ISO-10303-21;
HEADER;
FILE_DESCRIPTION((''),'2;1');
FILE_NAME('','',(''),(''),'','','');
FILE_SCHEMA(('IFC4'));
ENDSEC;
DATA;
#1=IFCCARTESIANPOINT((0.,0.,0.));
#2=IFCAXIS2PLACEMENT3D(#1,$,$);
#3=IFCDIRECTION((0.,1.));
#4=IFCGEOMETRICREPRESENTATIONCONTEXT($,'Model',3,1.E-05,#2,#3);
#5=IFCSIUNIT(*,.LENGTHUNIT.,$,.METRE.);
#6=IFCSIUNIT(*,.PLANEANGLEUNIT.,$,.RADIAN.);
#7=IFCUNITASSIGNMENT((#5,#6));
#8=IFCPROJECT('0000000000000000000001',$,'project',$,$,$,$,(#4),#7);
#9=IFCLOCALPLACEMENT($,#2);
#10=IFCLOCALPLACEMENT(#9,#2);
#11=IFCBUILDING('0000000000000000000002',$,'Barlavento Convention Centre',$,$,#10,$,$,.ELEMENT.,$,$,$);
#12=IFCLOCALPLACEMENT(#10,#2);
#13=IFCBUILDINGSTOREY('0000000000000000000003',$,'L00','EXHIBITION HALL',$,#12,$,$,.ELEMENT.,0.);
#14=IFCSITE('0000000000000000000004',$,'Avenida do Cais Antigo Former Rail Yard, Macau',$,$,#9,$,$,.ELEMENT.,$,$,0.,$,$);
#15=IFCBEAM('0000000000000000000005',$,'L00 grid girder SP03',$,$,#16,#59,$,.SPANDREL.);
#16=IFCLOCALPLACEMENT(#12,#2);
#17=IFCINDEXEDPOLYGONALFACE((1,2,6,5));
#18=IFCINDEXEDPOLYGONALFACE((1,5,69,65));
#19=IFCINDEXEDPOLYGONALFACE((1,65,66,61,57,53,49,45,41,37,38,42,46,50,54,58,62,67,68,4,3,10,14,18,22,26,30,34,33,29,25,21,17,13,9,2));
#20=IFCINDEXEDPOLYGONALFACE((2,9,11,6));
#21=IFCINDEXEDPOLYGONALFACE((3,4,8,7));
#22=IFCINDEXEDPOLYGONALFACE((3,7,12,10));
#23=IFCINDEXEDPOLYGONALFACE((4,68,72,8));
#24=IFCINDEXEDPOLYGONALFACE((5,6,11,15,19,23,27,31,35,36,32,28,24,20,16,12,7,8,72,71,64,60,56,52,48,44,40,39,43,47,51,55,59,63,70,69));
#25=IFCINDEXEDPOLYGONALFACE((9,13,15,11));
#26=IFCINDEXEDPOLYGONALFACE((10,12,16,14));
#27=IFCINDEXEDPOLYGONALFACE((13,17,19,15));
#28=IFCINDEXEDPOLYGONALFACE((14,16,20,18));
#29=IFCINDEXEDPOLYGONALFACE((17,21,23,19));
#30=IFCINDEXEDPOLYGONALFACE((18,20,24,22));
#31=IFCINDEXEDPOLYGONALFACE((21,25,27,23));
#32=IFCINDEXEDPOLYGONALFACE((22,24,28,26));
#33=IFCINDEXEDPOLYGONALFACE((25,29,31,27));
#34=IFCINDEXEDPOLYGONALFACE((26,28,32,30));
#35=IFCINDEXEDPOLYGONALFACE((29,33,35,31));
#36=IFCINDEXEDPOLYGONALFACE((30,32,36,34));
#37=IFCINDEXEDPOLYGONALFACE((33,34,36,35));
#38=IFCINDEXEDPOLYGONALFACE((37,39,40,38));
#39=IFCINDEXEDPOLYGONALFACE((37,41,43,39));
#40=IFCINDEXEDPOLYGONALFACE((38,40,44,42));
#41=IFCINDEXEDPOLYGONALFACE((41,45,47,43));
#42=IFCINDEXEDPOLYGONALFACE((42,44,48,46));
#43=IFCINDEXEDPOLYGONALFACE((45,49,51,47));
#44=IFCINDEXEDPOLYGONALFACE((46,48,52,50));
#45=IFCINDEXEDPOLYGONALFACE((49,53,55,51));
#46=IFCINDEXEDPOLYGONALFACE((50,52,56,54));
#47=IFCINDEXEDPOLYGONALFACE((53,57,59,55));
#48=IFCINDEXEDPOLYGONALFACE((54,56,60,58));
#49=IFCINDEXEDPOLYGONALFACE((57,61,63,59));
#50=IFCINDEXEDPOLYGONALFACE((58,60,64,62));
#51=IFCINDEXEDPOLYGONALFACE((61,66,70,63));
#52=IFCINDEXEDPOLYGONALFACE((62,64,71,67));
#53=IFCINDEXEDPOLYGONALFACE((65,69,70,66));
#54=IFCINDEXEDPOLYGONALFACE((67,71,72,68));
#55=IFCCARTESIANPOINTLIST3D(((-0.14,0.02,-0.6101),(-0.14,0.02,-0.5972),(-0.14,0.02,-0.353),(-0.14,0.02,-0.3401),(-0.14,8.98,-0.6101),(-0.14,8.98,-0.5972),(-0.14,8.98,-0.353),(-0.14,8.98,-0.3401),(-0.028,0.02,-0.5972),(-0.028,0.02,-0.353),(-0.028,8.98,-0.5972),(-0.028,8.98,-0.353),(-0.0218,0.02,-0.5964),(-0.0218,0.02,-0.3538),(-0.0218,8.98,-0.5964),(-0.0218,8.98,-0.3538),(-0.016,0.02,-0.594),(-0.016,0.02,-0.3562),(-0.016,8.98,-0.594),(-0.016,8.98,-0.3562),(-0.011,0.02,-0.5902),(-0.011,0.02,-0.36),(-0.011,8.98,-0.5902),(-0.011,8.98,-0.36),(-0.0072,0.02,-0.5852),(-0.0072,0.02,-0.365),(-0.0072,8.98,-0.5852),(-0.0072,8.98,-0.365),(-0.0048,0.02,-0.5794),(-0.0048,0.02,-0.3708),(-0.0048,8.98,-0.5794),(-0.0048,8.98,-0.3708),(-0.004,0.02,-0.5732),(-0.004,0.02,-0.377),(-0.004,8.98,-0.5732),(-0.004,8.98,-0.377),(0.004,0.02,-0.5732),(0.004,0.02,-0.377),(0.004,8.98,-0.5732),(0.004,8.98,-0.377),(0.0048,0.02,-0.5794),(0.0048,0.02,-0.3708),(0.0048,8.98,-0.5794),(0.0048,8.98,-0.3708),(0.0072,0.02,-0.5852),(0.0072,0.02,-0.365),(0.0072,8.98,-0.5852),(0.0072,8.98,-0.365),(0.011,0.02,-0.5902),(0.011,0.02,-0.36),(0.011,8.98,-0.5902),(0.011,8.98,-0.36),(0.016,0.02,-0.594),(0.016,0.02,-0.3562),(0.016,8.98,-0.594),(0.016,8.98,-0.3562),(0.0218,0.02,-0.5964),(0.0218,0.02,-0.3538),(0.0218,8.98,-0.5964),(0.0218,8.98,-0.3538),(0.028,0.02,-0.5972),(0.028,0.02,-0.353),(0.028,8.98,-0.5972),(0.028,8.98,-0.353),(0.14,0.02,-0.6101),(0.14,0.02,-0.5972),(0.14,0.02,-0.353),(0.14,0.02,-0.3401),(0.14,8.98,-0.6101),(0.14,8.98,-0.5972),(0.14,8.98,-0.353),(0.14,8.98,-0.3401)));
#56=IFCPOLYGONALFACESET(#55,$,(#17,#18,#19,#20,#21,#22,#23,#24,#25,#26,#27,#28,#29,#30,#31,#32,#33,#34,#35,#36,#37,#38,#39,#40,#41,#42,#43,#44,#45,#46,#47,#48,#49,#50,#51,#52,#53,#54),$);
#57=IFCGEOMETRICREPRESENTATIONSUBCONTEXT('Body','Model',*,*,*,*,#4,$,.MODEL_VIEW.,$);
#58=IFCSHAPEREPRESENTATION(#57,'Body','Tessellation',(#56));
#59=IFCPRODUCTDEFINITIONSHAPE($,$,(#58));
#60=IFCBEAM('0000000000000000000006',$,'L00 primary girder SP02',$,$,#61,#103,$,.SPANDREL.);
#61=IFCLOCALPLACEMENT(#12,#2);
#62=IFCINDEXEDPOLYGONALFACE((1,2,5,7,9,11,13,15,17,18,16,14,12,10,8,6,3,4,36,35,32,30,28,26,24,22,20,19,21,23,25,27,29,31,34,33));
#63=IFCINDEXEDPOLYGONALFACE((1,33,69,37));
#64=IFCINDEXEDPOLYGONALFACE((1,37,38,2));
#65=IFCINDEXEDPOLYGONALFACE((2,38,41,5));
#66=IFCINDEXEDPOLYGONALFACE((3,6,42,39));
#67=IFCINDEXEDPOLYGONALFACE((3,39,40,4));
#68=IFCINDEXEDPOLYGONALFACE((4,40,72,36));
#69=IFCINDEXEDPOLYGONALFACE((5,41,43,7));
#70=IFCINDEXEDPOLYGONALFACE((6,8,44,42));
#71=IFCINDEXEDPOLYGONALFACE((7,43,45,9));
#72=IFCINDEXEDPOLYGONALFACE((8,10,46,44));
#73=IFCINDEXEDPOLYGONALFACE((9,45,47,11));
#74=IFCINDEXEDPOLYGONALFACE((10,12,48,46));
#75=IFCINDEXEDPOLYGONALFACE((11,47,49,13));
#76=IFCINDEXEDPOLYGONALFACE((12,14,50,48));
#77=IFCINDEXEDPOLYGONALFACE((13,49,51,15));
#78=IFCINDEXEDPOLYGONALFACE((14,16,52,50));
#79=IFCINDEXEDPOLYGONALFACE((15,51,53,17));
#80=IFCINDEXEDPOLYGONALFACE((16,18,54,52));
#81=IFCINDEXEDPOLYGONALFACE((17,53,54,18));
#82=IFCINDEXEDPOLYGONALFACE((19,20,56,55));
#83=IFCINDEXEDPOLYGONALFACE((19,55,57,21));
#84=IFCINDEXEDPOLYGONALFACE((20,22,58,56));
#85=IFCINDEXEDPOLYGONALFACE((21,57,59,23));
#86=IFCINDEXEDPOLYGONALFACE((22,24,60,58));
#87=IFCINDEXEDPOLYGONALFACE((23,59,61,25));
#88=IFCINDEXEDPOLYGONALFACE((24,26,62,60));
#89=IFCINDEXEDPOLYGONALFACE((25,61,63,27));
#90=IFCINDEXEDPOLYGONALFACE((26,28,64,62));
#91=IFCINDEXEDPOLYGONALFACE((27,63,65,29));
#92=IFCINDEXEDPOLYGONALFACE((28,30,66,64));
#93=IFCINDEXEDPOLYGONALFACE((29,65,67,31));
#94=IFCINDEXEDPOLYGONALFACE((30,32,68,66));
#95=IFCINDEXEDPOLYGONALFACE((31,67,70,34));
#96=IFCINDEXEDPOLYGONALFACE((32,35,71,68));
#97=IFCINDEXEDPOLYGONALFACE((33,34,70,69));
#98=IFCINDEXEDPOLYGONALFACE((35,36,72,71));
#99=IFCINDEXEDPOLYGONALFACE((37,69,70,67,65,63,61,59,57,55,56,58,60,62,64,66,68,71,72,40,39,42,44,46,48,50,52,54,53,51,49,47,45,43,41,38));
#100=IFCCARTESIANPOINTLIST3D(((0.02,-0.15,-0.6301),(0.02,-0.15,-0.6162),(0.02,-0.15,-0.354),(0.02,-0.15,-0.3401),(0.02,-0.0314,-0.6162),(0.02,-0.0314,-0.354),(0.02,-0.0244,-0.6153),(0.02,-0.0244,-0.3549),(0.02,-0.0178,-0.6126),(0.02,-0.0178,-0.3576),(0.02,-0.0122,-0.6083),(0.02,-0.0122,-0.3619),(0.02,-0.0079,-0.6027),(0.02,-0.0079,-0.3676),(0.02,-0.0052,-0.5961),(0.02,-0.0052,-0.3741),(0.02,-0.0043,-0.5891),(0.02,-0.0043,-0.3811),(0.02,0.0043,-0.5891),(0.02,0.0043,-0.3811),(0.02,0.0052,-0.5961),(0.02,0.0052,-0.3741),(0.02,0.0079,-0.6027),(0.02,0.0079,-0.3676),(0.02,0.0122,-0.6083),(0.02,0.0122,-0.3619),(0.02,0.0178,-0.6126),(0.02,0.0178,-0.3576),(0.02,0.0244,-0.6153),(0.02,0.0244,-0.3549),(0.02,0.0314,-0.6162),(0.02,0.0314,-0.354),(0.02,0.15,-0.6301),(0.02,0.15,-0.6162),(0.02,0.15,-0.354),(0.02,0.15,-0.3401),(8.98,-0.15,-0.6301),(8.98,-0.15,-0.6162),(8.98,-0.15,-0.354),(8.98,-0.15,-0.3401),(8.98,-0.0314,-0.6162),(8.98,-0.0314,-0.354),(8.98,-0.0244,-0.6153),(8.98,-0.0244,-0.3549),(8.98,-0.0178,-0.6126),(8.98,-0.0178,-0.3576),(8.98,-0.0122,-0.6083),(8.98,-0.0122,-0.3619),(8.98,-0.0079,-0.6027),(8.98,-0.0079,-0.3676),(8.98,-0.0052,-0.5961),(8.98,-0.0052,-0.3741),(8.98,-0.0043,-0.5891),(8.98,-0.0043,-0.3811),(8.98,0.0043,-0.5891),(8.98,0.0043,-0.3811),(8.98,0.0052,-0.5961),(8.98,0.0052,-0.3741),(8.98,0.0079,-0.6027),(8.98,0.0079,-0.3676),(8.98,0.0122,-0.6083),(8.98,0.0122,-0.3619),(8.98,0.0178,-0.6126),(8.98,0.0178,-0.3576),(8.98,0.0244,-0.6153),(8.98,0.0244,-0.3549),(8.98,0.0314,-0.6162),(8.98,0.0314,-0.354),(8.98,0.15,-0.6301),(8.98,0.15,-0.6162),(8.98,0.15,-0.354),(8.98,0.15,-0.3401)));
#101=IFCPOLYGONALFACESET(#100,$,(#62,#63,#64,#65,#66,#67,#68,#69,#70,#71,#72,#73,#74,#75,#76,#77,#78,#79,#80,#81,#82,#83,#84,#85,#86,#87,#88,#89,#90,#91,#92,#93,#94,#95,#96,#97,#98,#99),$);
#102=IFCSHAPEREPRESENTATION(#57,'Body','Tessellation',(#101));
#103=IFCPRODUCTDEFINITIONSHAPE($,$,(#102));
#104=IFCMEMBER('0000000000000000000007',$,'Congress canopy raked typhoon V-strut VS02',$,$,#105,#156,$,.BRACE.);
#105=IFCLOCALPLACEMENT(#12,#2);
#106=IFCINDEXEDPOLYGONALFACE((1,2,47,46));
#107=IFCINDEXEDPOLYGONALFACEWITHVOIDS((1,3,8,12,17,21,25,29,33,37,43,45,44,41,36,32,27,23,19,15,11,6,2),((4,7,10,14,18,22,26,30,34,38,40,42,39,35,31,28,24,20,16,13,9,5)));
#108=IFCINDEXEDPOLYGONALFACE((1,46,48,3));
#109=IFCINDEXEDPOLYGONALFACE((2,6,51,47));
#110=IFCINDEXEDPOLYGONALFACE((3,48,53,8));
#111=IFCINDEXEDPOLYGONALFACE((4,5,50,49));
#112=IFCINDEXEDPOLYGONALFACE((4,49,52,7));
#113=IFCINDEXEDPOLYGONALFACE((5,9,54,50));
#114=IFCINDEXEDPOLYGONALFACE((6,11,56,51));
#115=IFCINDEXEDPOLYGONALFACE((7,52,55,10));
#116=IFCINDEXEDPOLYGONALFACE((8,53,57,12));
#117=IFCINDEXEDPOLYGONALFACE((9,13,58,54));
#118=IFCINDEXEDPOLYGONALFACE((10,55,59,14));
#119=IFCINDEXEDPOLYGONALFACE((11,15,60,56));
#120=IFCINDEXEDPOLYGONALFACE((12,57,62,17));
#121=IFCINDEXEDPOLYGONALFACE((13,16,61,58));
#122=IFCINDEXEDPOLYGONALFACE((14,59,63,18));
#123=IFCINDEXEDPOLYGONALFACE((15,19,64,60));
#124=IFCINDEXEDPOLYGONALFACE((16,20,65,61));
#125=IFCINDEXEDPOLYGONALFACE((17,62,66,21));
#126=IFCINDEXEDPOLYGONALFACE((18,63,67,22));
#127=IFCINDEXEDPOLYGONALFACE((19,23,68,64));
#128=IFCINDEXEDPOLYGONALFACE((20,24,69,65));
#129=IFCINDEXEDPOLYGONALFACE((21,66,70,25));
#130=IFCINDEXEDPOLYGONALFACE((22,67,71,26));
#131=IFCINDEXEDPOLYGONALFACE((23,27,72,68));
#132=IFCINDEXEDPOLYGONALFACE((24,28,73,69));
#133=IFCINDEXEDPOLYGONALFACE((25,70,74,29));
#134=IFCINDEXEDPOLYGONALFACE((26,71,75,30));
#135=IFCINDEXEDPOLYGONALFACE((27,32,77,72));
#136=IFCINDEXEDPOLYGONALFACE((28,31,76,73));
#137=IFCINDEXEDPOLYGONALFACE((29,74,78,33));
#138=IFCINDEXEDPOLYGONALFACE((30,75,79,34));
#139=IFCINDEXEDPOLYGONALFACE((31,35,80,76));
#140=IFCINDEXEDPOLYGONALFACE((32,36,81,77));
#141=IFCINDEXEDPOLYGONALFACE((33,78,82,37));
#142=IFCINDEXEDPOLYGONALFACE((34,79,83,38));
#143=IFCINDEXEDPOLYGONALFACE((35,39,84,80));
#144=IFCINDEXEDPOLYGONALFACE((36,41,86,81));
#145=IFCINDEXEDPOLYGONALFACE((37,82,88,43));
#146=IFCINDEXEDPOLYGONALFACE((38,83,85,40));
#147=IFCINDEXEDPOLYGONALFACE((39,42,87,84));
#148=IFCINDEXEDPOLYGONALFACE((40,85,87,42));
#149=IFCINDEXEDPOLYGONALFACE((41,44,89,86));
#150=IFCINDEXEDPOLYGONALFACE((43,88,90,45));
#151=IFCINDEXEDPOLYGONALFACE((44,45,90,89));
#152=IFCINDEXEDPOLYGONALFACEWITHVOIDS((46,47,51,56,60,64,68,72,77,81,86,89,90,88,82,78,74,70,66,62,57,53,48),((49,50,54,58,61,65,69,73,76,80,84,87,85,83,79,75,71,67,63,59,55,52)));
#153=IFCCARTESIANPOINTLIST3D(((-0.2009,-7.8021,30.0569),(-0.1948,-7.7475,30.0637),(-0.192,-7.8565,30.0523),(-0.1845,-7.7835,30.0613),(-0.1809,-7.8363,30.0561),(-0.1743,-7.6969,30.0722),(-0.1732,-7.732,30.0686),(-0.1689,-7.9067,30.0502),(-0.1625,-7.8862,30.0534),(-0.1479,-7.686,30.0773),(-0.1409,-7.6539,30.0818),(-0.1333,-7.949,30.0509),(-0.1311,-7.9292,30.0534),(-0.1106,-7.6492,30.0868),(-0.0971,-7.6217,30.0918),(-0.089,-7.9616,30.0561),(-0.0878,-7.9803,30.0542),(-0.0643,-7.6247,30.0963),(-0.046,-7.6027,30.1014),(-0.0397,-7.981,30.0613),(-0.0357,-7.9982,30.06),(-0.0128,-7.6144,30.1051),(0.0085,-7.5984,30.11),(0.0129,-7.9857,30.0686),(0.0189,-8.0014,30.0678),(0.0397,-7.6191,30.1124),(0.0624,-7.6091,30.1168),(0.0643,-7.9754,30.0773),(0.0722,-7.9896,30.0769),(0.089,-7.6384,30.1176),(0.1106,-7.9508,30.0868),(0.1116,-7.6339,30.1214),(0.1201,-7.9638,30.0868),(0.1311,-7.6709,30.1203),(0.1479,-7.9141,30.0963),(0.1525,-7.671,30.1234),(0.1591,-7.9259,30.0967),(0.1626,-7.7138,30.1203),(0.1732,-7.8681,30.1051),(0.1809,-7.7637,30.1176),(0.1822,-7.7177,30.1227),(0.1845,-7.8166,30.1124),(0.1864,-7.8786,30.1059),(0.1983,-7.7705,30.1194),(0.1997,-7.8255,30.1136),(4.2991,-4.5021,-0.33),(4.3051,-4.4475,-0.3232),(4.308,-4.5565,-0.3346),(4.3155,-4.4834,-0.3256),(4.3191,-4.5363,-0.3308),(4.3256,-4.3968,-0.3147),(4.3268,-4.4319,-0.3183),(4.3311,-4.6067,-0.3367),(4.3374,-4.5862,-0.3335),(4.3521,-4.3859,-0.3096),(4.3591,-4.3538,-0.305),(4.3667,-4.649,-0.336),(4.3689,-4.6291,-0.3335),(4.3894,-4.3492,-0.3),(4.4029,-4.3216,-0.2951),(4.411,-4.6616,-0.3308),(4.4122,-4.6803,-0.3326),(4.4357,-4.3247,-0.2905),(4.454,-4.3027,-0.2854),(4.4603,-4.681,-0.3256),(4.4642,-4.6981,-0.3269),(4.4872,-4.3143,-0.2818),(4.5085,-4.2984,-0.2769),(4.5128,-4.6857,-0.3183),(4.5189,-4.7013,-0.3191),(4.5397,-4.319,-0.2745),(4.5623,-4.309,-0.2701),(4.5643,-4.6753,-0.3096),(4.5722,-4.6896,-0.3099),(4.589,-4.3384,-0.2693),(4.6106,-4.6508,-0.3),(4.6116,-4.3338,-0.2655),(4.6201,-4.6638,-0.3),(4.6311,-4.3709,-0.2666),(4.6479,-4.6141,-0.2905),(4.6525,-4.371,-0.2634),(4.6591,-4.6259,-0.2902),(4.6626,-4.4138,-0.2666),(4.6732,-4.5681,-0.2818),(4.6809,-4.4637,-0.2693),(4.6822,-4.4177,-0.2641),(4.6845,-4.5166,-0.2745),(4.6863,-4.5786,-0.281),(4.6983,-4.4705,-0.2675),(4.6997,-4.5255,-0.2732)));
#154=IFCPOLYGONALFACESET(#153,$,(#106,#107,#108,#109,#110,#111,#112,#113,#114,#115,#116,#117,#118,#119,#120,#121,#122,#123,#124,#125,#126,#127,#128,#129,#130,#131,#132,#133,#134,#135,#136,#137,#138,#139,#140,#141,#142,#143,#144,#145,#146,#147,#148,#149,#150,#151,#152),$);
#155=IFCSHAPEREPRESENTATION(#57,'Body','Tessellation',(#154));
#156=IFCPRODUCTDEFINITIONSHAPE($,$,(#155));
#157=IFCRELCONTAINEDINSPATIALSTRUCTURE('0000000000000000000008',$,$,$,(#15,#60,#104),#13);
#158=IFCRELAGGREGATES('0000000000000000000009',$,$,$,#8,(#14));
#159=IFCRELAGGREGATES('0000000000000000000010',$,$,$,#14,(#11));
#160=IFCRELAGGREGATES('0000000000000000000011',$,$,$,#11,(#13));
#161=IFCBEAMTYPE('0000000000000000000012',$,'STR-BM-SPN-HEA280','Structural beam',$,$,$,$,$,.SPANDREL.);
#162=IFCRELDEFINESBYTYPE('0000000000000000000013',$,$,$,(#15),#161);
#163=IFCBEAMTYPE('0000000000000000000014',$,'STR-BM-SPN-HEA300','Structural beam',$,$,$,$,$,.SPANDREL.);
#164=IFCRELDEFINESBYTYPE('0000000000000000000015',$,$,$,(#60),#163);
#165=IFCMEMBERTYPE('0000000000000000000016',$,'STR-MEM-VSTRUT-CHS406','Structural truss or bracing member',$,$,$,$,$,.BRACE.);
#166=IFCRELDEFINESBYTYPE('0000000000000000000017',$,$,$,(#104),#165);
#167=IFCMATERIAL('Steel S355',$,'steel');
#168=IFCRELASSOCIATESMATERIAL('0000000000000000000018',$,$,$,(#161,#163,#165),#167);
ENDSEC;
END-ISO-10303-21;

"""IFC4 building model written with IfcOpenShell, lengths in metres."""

from ifc_helpers import new_model, si_unit, direction, frame, origin, origin_2d, place, context, subcontext, project, spatial, hollow_circle, i_section, extrude, material, material_profile, profile_set, type_object, element, save


model = new_model("IFC4")

# Units and contexts
model_context = context("Model", 3, precision=1e-05, world=origin(), true_north=direction((0.0, 1.0)))
body_context = subcontext(model_context, "Body", "Model", "MODEL_VIEW")
ifc_project = project(units=[si_unit("LENGTHUNIT", "METRE"), si_unit("PLANEANGLEUNIT", "RADIAN")], contexts=[model_context])

# Site, building, storey
site_placement = place(None, origin())
site = spatial("IfcSite", under=ifc_project, at=site_placement, Name="Avenida do Cais Antigo Former Rail Yard, Macau", CompositionType="ELEMENT", RefElevation=0.0)
building_placement = place(site_placement, origin())
building = spatial("IfcBuilding", under=site, at=building_placement, Name="Barlavento Convention Centre", CompositionType="ELEMENT")
storey_placement = place(building_placement, origin())
storey = spatial("IfcBuildingStorey", under=building, at=storey_placement, Name="L00", Description="EXHIBITION HALL", CompositionType="ELEMENT", Elevation=0.0)

# Beams
ifc_material_1 = material(Name="Steel S355", Category="steel")
ifc_material_profile_1 = material_profile(ifc_material_1, i_section(OverallWidth=0.28, OverallDepth=0.27, WebThickness=0.0081, FlangeThickness=0.0129, FilletRadius=0.0239, at=origin_2d()), Name="HEA 280")
ifc_profile_set_1 = profile_set([ifc_material_profile_1], Name="Steel S355")
beam_type_1 = type_object("IfcBeamType", Name="STR-BM-SPN-HEA280", Description="Structural beam", PredefinedType="SPANDREL", material=ifc_profile_set_1)
beam_1_placement = place(storey_placement, frame((0.0, 0.02, -0.4751), z_axis=(0.0, 1.0, 0.0), x_axis=(-1.0, 0.0, 0.0)))
element("IfcBeam", 1, at=beam_1_placement, inside=storey, type_object=beam_type_1, Name="L00 grid girder SP03", PredefinedType="SPANDREL", context=body_context, shape_type="SweptSolid", body=[
    extrude(i_section(OverallWidth=0.28, OverallDepth=0.27, WebThickness=0.0081, FlangeThickness=0.0129, FilletRadius=0.0239, at=origin_2d()), origin(), (0.0, 0.0, 1.0), 8.96),
])
ifc_material_profile_2 = material_profile(ifc_material_1, i_section(OverallWidth=0.3, OverallDepth=0.29, WebThickness=0.0085, FlangeThickness=0.0139, FilletRadius=0.0271, at=origin_2d()), Name="HEA 300")
ifc_profile_set_2 = profile_set([ifc_material_profile_2], Name="Steel S355")
beam_type_2 = type_object("IfcBeamType", Name="STR-BM-SPN-HEA300", Description="Structural beam", PredefinedType="SPANDREL", material=ifc_profile_set_2)
beam_2_placement = place(storey_placement, frame((0.02, 0.0, -0.4851), z_axis=(1.0, 0.0, 0.0), x_axis=(0.0, 1.0, 0.0)))
element("IfcBeam", 2, at=beam_2_placement, inside=storey, type_object=beam_type_2, Name="L00 primary girder SP02", PredefinedType="SPANDREL", context=body_context, shape_type="SweptSolid", body=[
    extrude(i_section(OverallWidth=0.3, OverallDepth=0.29, WebThickness=0.0085, FlangeThickness=0.0139, FilletRadius=0.0271, at=origin_2d()), origin(), (0.0, 0.0, 1.0), 8.96),
])

# Member
ifc_material_profile_3 = material_profile(ifc_material_1, hollow_circle(Radius=0.2031, WallThickness=0.0161, at=origin_2d()), Name="CHS 406.4x16.0")
ifc_profile_set_3 = profile_set([ifc_material_profile_3], Name="Steel S355")
member_type_1 = type_object("IfcMemberType", Name="STR-MEM-VSTRUT-CHS406", Description="Structural truss or bracing member", PredefinedType="BRACE", material=ifc_profile_set_3)
member_1_placement = place(storey_placement, frame((4.5, -4.5, -0.3), z_axis=(-0.145654, -0.106815, 0.983552), x_axis=(0.591369, -0.806401, 0.0)))
element("IfcMember", 3, at=member_1_placement, inside=storey, type_object=member_type_1, Name="Congress canopy raked typhoon V-strut VS02", PredefinedType="BRACE", context=body_context, shape_type="SweptSolid", body=[
    extrude(hollow_circle(Radius=0.2031, WallThickness=0.0161, at=origin_2d()), origin(), (0.0, 0.0, 1.0), 30.895),
])

save(model, "model.ifc")
